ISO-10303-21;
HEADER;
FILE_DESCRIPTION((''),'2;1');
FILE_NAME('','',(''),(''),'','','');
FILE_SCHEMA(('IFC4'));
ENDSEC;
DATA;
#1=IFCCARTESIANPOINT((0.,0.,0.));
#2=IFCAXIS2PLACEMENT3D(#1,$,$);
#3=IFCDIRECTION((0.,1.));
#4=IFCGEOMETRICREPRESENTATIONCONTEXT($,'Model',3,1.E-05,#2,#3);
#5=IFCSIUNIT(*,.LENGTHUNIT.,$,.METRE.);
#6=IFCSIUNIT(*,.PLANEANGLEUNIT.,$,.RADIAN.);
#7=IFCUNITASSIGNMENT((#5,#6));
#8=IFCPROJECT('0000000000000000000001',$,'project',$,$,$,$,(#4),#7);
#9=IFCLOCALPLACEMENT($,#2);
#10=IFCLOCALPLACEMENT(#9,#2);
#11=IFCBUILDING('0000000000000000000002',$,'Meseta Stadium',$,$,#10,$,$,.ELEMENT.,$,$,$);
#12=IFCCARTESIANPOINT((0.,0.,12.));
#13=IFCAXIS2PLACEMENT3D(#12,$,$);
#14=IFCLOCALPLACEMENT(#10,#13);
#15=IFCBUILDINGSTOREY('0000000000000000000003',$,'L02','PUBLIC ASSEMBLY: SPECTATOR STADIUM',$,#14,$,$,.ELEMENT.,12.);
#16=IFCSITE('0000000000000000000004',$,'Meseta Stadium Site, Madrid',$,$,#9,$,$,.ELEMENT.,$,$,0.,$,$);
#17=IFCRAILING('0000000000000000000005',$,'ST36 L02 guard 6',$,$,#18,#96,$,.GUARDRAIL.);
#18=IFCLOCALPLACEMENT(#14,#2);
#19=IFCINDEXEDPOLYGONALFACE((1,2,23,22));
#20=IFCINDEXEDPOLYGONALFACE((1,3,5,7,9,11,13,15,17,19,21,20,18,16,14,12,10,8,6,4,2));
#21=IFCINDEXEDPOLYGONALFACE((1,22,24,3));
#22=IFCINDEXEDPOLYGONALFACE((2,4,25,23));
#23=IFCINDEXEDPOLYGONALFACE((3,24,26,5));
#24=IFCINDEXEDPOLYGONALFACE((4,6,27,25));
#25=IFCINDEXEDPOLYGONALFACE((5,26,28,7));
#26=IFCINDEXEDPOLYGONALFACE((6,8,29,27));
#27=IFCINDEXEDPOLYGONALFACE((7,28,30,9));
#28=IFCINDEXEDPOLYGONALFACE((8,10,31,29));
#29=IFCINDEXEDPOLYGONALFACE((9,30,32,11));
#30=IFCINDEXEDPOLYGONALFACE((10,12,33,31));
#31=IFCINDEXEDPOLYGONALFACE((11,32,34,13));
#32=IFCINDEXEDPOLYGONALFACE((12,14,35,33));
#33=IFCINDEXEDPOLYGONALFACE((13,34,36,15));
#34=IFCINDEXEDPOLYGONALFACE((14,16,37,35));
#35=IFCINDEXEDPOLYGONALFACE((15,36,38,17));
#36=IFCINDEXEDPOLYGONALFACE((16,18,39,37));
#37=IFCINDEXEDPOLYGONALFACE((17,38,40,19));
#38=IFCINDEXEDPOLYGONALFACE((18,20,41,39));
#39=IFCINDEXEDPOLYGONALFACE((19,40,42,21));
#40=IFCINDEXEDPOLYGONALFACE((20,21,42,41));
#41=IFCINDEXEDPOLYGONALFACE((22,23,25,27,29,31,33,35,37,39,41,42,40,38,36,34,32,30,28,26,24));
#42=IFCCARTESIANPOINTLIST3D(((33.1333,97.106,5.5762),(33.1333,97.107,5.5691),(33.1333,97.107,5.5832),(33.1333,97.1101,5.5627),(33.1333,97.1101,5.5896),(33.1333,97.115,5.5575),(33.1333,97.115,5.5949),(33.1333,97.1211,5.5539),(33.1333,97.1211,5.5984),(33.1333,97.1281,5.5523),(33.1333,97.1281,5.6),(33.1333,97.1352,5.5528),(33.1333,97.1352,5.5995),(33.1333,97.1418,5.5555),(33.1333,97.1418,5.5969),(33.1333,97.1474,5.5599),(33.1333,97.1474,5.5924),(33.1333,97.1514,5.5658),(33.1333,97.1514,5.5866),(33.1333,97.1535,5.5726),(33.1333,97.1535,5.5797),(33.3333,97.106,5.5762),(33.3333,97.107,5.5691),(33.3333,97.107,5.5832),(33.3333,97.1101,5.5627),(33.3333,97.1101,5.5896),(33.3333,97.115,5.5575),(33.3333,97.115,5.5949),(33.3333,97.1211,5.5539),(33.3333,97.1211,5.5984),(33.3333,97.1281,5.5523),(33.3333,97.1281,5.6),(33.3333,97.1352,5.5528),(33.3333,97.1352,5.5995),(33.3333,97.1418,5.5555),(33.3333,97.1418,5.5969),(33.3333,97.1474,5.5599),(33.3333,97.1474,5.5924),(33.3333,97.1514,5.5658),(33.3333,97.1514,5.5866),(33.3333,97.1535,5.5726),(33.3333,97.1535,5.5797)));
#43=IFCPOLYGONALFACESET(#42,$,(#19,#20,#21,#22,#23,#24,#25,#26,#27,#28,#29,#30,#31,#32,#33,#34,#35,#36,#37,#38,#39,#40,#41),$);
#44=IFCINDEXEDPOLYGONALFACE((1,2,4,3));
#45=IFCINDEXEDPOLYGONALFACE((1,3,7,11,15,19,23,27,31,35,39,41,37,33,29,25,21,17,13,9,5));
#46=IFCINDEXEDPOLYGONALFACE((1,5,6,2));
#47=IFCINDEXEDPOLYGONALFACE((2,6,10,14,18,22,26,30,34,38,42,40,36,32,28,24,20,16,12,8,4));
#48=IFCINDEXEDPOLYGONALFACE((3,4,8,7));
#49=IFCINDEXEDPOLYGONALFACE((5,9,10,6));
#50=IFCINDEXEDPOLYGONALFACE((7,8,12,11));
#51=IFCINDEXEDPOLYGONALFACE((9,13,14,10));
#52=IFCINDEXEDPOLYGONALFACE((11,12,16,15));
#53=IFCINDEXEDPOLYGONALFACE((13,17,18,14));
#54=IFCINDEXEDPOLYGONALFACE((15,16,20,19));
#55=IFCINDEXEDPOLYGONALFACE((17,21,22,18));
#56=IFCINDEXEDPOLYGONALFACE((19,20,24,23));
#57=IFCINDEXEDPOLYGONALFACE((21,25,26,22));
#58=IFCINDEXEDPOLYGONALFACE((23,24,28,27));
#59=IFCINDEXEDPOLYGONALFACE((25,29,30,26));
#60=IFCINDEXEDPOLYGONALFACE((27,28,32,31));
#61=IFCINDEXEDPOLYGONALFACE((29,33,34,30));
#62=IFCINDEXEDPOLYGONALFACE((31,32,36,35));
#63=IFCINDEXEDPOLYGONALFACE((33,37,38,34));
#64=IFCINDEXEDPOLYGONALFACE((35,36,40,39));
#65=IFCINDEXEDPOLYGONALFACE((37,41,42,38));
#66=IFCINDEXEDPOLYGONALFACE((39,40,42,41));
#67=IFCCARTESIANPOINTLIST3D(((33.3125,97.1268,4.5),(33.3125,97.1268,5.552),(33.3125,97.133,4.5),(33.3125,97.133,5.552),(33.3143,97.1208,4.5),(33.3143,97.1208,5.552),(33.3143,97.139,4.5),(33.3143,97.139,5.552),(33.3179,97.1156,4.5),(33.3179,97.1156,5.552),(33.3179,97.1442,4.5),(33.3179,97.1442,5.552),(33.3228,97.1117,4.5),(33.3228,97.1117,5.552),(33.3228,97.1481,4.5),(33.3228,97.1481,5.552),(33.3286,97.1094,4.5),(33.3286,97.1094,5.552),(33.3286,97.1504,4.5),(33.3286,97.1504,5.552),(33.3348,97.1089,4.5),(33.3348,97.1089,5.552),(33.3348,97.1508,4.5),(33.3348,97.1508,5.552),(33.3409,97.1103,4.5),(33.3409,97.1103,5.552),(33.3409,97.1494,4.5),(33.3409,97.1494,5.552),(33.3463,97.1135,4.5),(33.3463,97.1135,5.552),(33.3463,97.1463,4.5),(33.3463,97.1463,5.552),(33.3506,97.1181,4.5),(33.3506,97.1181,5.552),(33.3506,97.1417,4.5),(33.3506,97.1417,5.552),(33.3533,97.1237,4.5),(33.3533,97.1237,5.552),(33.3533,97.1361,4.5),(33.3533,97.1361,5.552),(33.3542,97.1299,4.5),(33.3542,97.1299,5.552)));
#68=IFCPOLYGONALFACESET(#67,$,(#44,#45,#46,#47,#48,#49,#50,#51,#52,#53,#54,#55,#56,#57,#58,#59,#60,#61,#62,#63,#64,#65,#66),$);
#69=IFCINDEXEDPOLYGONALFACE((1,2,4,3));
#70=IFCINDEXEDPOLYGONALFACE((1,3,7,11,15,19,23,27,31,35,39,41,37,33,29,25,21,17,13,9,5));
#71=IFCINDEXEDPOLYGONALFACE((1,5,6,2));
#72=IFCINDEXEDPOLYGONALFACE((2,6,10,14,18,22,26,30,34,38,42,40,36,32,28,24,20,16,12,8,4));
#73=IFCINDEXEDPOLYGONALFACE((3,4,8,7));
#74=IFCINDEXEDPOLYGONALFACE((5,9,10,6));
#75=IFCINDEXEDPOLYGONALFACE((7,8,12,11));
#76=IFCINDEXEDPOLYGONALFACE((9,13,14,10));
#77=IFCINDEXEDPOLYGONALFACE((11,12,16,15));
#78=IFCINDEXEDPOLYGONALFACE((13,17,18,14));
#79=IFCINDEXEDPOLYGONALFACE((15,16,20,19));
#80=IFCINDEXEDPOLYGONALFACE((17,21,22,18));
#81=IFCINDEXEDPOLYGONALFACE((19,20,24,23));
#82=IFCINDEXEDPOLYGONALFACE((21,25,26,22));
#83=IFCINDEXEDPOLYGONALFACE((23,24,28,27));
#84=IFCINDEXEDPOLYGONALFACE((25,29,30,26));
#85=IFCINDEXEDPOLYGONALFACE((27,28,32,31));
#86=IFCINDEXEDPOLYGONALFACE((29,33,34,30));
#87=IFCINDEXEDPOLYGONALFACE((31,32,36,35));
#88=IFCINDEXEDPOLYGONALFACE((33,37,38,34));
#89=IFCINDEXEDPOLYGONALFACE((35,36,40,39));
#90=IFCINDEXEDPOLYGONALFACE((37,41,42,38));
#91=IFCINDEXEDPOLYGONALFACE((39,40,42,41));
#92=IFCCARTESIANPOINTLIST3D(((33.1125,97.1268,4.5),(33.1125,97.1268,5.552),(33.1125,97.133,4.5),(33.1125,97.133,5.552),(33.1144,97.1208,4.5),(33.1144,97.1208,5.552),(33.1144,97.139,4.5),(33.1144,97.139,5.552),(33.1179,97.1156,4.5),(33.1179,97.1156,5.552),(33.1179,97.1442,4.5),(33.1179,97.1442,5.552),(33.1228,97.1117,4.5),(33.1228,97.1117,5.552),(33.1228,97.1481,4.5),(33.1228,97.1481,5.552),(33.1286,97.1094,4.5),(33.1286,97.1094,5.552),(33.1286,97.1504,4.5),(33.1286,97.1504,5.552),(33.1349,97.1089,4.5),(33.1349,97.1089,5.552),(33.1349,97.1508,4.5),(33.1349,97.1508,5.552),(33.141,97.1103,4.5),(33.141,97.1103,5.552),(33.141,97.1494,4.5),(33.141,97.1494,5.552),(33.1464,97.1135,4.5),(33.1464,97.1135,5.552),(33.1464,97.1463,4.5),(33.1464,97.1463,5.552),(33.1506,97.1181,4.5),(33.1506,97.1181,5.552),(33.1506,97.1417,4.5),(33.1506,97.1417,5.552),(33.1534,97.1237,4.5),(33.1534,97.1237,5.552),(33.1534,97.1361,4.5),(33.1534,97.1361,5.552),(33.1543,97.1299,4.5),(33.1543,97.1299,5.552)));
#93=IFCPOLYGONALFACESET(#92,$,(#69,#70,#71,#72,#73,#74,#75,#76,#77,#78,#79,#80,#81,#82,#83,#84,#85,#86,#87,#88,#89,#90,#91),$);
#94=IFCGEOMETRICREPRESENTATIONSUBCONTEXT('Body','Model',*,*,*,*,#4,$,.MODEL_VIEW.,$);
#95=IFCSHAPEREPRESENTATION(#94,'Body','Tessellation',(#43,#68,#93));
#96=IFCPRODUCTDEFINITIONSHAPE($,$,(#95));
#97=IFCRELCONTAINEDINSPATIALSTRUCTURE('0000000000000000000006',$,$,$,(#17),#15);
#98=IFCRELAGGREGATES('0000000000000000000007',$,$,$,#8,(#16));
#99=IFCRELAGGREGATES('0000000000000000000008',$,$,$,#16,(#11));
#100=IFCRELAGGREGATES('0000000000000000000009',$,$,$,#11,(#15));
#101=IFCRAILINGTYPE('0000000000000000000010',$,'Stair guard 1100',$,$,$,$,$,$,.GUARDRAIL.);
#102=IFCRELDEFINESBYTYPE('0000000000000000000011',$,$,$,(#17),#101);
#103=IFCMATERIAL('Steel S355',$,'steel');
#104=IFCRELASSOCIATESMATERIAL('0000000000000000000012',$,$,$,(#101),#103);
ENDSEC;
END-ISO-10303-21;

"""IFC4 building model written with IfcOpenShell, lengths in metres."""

from ifc_helpers import new_model, si_unit, direction, frame, origin, origin_2d, place, context, subcontext, project, spatial, circle, extrude, material, type_object, element, save


model = new_model("IFC4")

# Units and contexts
model_context = context("Model", 3, precision=1e-05, world=origin(), true_north=direction((0.0, 1.0)))
body_context = subcontext(model_context, "Body", "Model", "MODEL_VIEW")
ifc_project = project(units=[si_unit("LENGTHUNIT", "METRE"), si_unit("PLANEANGLEUNIT", "RADIAN")], contexts=[model_context])

# Site, building, storey
site_placement = place(None, origin())
site = spatial("IfcSite", under=ifc_project, at=site_placement, Name="Meseta Stadium Site, Madrid", CompositionType="ELEMENT", RefElevation=0.0)
building_placement = place(site_placement, origin())
building = spatial("IfcBuilding", under=site, at=building_placement, Name="Meseta Stadium", CompositionType="ELEMENT")
storey_placement = place(building_placement, frame((0.0, 0.0, 12.0)))
storey = spatial("IfcBuildingStorey", under=building, at=storey_placement, Name="L02", Description="PUBLIC ASSEMBLY: SPECTATOR STADIUM", CompositionType="ELEMENT", Elevation=12.0)

# Railing
ifc_material_1 = material(Name="Steel S355", Category="steel")
railing_type_1 = type_object("IfcRailingType", Name="Stair guard 1100", PredefinedType="GUARDRAIL", material=ifc_material_1)
railing_1_placement = place(storey_placement, frame((33.3333, 97.1299, 4.5)))
element("IfcRailing", 1, at=railing_1_placement, inside=storey, type_object=railing_type_1, Name="ST36 L02 guard 6", PredefinedType="GUARDRAIL", context=body_context, shape_type="SweptSolid", body=[
    extrude(circle(Radius=0.0239, at=origin_2d()), frame((0.0, 0.0, 1.0762), z_axis=(-1.0, 0.0, 0.0), x_axis=(0.0, -1.0, 0.0)), (0.0, 0.0, 1.0), 0.2),
    extrude(circle(Radius=0.021, at=origin_2d()), origin(), (0.0, 0.0, 1.0), 1.052),
    extrude(circle(Radius=0.021, at=origin_2d()), frame((-0.2, 0.0, 0.0)), (0.0, 0.0, 1.0), 1.052),
])

save(model, "model.ifc")
